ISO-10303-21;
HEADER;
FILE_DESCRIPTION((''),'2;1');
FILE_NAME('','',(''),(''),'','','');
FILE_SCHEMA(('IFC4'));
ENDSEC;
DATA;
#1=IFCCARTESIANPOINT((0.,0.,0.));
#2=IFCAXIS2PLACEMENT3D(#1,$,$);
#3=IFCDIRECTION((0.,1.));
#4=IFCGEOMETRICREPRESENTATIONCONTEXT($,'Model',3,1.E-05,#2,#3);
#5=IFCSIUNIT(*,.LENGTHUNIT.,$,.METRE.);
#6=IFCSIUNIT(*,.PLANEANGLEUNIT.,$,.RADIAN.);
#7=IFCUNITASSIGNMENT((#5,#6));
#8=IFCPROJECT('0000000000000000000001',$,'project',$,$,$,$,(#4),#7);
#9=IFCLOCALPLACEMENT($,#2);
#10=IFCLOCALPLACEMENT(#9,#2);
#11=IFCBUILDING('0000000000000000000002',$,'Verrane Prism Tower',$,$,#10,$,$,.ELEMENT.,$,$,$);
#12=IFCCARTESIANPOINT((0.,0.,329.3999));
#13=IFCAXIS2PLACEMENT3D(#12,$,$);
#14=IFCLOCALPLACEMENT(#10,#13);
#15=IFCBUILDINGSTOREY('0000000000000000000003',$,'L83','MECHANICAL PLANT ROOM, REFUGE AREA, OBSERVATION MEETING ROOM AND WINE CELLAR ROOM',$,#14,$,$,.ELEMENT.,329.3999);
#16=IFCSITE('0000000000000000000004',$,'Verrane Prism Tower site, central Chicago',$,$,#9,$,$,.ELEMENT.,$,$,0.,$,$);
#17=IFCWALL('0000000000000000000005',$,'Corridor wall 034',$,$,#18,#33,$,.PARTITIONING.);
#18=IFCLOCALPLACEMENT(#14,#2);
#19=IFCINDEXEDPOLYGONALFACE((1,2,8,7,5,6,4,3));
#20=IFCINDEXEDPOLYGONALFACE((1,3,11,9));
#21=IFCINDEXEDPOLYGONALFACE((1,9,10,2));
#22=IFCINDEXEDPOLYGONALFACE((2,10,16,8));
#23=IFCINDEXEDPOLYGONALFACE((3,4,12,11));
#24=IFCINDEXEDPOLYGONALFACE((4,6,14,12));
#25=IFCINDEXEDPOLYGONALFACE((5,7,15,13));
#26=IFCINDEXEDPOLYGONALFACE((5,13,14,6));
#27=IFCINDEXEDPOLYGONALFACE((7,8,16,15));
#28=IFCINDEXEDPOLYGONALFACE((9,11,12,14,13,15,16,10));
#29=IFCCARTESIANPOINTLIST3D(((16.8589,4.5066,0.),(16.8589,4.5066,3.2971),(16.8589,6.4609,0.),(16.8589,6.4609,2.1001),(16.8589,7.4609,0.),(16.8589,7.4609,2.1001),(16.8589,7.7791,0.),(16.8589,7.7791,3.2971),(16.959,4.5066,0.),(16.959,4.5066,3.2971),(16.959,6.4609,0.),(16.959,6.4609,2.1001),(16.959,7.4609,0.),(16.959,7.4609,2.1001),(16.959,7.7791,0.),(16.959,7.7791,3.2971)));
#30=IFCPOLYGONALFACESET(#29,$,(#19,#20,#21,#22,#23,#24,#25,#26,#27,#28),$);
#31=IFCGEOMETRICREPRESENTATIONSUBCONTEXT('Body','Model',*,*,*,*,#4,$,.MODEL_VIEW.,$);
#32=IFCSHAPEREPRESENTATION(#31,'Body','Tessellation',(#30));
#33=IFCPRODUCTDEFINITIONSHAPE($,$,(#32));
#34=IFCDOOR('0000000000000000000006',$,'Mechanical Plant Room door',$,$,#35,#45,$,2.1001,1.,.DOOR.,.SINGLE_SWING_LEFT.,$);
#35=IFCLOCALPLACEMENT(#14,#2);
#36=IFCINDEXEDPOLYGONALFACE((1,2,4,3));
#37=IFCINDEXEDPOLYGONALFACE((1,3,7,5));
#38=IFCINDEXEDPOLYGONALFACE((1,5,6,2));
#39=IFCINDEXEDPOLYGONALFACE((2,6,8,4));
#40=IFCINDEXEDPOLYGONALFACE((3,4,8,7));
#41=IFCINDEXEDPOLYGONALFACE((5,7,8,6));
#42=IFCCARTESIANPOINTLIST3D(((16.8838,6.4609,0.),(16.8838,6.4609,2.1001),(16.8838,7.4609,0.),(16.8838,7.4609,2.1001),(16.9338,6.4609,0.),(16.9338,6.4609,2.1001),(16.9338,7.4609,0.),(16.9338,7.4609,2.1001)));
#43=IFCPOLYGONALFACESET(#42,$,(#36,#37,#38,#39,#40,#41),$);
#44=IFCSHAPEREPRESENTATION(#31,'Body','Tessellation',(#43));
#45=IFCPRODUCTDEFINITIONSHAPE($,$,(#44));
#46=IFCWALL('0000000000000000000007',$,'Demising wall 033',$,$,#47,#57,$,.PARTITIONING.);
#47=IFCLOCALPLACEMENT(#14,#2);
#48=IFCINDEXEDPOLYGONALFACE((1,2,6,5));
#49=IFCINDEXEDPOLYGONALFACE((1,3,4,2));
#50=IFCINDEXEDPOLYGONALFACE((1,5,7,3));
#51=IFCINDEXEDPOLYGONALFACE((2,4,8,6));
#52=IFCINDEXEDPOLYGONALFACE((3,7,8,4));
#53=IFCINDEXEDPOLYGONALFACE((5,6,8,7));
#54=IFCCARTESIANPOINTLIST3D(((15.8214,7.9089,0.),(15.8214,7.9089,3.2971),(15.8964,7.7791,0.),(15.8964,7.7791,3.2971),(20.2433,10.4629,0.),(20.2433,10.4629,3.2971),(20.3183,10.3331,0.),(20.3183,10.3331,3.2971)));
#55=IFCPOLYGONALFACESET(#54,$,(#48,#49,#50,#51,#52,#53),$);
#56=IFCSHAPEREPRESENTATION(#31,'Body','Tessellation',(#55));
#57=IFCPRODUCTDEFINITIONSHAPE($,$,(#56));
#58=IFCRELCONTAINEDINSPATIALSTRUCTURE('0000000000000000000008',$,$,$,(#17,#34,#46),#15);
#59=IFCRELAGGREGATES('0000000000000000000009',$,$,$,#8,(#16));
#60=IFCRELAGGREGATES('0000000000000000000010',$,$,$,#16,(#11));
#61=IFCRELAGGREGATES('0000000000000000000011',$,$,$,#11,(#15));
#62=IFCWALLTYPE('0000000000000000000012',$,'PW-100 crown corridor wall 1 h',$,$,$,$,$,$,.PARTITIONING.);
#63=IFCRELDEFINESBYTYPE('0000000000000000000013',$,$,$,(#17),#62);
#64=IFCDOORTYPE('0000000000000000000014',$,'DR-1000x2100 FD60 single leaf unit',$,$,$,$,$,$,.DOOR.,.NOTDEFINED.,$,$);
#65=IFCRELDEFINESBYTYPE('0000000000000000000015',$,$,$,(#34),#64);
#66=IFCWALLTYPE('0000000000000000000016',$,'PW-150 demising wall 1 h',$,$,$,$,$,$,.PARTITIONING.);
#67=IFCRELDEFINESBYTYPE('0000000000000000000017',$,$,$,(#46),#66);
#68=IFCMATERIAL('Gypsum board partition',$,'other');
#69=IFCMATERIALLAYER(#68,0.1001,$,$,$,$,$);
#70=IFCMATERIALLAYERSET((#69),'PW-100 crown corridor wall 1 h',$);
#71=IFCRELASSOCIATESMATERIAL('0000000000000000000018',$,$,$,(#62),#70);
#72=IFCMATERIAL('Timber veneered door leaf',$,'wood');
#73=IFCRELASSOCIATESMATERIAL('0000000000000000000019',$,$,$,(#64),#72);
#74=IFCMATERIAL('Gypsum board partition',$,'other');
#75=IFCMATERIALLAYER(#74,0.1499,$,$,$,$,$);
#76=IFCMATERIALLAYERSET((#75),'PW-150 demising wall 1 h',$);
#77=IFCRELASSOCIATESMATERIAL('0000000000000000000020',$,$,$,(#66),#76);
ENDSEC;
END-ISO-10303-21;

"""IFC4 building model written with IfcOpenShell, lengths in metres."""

from ifc_helpers import new_model, si_unit, direction, frame, frame_2d, origin, place, context, subcontext, project, spatial, rectangle, extrude, material, layer, layer_set, type_object, element, fill, save


model = new_model("IFC4")

# Units and contexts
model_context = context("Model", 3, precision=1e-05, world=origin(), true_north=direction((0.0, 1.0)))
body_context = subcontext(model_context, "Body", "Model", "MODEL_VIEW")
ifc_project = project(units=[si_unit("LENGTHUNIT", "METRE"), si_unit("PLANEANGLEUNIT", "RADIAN")], contexts=[model_context])

# Site, building, storey
site_placement = place(None, origin())
site = spatial("IfcSite", under=ifc_project, at=site_placement, Name="Verrane Prism Tower site, central Chicago", CompositionType="ELEMENT", RefElevation=0.0)
building_placement = place(site_placement, origin())
building = spatial("IfcBuilding", under=site, at=building_placement, Name="Verrane Prism Tower", CompositionType="ELEMENT")
storey_placement = place(building_placement, frame((0.0, 0.0, 329.3999)))
storey = spatial("IfcBuildingStorey", under=building, at=storey_placement, Name="L83", Description="MECHANICAL PLANT ROOM, REFUGE AREA, OBSERVATION MEETING ROOM AND WINE CELLAR ROOM", CompositionType="ELEMENT", Elevation=329.3999)

# Shared definitions
ifc_material_1 = material(Name="Gypsum board partition", Category="other")
ifc_layer_1 = layer(ifc_material_1, 0.1001)
ifc_layer_set_1 = layer_set([ifc_layer_1], Name="PW-100 crown corridor wall 1 h")
wall_type_1 = type_object("IfcWallType", Name="PW-100 crown corridor wall 1 h", PredefinedType="PARTITIONING", material=ifc_layer_set_1)

# Wall, opening, door
wall_1_placement = place(storey_placement, frame((16.9089, 7.7791, 0.0), z_axis=(0.0, 0.0, 1.0), x_axis=(0.0, -1.0, 0.0)))
wall_1 = element("IfcWall", 1, at=wall_1_placement, inside=storey, type_object=wall_type_1, Name="Corridor wall 034", PredefinedType="PARTITIONING", context=body_context, shape_type="SweptSolid", body=[
    extrude(rectangle(XDim=3.2725, YDim=0.1001, at=frame_2d((1.6362, 0.0))), origin(), (0.0, 0.0, 1.0), 3.2971),
])
opening_1_placement = place(wall_1_placement, frame((0.3181, 0.0, 0.0)))
opening_1 = element("IfcOpeningElement", 2, at=opening_1_placement, cuts=wall_1, PredefinedType="OPENING", context=body_context, shape_type="SweptSolid", body=[
    extrude(rectangle(XDim=1.0, YDim=2.1001, at=frame_2d((0.5, 1.05))), frame((0.0, 0.0601, 0.0), z_axis=(0.0, -1.0, 0.0), x_axis=(1.0, 0.0, 0.0)), (0.0, 0.0, 1.0), 0.1201),
])
ifc_material_2 = material(Name="Timber veneered door leaf", Category="wood")
door_type_1 = type_object("IfcDoorType", Name="DR-1000x2100 FD60 single leaf unit", OperationType="NOTDEFINED", PredefinedType="DOOR", material=ifc_material_2)
door_1_placement = place(opening_1_placement, origin())
door_1 = element("IfcDoor", 3, at=door_1_placement, inside=storey, type_object=door_type_1, Name="Mechanical Plant Room door", OperationType="SINGLE_SWING_LEFT", OverallHeight=2.1001, OverallWidth=1.0, PredefinedType="DOOR", context=body_context, shape_type="SweptSolid", body=[
    extrude(rectangle(XDim=1.0, YDim=2.1001, at=frame_2d((0.5, 1.05))), frame((0.0, 0.0249, 0.0), z_axis=(0.0, -1.0, 0.0), x_axis=(1.0, 0.0, 0.0)), (0.0, 0.0, 1.0), 0.05),
])
fill(opening_1, door_1)

# Wall
ifc_material_3 = material(Name="Gypsum board partition", Category="other")
ifc_layer_2 = layer(ifc_material_3, 0.1499)
ifc_layer_set_2 = layer_set([ifc_layer_2], Name="PW-150 demising wall 1 h")
wall_type_2 = type_object("IfcWallType", Name="PW-150 demising wall 1 h", PredefinedType="PARTITIONING", material=ifc_layer_set_2)
wall_2_placement = place(storey_placement, frame((15.8589, 7.844, 0.0), z_axis=(0.0, 0.0, 1.0), x_axis=(0.865942, 0.500145, 0.0)))
element("IfcWall", 4, at=wall_2_placement, inside=storey, type_object=wall_type_2, Name="Demising wall 033", PredefinedType="PARTITIONING", context=body_context, shape_type="SweptSolid", body=[
    extrude(rectangle(XDim=5.1064, YDim=0.1499, at=frame_2d((2.5532, 0.0))), origin(), (0.0, 0.0, 1.0), 3.2971),
])

save(model, "model.ifc")
